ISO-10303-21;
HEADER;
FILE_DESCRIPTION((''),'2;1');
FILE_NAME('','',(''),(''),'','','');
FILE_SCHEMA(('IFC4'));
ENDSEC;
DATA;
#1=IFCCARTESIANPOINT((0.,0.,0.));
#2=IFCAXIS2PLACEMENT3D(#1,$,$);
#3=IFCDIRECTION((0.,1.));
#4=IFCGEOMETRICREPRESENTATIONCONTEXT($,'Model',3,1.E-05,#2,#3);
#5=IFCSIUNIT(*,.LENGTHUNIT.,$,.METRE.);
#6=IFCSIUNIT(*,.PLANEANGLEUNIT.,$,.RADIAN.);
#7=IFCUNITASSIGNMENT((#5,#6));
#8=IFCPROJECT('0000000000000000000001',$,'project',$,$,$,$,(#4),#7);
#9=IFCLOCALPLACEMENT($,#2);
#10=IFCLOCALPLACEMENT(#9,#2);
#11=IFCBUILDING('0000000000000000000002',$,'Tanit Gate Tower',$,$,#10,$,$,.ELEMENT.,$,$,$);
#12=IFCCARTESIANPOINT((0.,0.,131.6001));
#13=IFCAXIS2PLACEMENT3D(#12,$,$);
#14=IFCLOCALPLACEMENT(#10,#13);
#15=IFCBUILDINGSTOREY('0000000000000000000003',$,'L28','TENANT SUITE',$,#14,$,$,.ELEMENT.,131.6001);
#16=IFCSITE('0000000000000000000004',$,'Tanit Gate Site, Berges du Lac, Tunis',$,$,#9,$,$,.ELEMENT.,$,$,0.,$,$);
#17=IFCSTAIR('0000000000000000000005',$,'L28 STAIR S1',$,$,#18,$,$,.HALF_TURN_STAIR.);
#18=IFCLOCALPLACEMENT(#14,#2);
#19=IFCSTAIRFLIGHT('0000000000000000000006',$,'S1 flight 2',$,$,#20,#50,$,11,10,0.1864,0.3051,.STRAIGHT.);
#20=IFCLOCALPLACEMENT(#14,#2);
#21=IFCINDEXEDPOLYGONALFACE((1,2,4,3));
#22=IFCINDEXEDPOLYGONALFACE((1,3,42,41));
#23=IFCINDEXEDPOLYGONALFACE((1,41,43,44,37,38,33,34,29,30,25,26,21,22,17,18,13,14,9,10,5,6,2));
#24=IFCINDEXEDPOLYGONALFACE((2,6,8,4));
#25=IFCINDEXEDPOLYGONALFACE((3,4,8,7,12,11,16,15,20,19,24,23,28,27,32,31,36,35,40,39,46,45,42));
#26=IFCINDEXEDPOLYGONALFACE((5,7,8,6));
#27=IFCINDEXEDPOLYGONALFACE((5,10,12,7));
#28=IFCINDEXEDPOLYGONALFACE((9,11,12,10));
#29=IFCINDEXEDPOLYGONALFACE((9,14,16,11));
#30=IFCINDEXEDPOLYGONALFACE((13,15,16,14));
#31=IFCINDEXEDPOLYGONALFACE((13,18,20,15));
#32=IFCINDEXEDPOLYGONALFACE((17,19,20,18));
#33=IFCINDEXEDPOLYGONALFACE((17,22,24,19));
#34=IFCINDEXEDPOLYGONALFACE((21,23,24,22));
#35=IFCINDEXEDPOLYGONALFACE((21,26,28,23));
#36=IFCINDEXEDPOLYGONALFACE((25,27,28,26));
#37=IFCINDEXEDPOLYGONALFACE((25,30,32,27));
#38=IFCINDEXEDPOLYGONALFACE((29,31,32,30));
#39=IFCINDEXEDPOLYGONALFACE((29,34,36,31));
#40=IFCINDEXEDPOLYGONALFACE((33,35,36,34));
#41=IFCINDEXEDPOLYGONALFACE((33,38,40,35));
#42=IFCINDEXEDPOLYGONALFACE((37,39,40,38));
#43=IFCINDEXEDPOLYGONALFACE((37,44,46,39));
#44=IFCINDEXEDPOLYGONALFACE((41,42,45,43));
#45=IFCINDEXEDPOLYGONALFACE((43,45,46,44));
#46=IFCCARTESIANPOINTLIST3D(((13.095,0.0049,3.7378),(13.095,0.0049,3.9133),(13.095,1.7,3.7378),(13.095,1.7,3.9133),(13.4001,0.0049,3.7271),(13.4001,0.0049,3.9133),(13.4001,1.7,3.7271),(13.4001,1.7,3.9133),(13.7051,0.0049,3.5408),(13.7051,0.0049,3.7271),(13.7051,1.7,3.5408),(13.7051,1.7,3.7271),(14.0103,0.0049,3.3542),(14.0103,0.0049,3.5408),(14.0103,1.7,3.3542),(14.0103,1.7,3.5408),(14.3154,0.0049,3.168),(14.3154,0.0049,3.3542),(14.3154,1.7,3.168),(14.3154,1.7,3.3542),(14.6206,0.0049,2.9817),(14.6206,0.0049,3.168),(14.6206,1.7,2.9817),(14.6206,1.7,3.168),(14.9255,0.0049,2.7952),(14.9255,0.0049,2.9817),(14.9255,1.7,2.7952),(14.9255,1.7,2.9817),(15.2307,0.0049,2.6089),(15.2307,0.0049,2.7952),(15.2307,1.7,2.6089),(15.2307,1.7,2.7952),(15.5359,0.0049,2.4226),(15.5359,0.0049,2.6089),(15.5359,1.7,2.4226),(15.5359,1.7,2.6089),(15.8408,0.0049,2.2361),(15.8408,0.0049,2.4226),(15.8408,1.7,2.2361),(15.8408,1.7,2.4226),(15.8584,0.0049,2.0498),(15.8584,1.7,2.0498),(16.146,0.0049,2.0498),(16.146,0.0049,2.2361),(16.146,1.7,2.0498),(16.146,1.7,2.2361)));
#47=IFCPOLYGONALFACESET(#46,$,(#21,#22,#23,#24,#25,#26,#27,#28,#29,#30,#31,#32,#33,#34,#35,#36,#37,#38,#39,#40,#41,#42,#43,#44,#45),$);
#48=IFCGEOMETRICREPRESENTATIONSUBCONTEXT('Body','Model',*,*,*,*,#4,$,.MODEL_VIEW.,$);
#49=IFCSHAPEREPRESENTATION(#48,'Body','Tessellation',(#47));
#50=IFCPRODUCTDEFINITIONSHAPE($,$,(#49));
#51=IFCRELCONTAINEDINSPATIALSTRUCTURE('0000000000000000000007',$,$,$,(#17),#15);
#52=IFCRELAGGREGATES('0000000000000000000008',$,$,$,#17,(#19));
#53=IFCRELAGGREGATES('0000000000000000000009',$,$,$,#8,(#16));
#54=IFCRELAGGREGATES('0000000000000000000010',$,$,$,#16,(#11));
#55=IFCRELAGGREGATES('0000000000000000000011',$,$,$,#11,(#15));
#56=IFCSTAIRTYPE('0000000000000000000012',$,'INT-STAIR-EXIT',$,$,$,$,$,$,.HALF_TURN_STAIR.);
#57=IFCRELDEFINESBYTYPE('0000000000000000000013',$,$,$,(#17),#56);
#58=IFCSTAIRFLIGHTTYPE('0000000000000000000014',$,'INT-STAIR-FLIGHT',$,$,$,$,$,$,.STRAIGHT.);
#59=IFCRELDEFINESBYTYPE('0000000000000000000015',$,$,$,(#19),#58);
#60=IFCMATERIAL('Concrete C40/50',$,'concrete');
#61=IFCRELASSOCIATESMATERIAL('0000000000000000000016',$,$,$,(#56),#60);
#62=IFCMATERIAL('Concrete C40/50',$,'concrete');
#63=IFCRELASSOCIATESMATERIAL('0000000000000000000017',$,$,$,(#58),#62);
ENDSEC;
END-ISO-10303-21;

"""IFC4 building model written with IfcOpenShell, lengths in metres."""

from ifc_helpers import new_model, si_unit, direction, frame, origin, place, context, subcontext, project, spatial, polyline, outline, extrude, material, type_object, element, aggregate, save


model = new_model("IFC4")

# Units and contexts
model_context = context("Model", 3, precision=1e-05, world=origin(), true_north=direction((0.0, 1.0)))
body_context = subcontext(model_context, "Body", "Model", "MODEL_VIEW")
ifc_project = project(units=[si_unit("LENGTHUNIT", "METRE"), si_unit("PLANEANGLEUNIT", "RADIAN")], contexts=[model_context])

# Site, building, storey
site_placement = place(None, origin())
site = spatial("IfcSite", under=ifc_project, at=site_placement, Name="Tanit Gate Site, Berges du Lac, Tunis", CompositionType="ELEMENT", RefElevation=0.0)
building_placement = place(site_placement, origin())
building = spatial("IfcBuilding", under=site, at=building_placement, Name="Tanit Gate Tower", CompositionType="ELEMENT")
storey_placement = place(building_placement, frame((0.0, 0.0, 131.6001)))
storey = spatial("IfcBuildingStorey", under=building, at=storey_placement, Name="L28", Description="TENANT SUITE", CompositionType="ELEMENT", Elevation=131.6001)

# Stair, stair flight
ifc_material_1 = material(Name="Concrete C40/50", Category="concrete")
stair_type = type_object("IfcStairType", Name="INT-STAIR-EXIT", PredefinedType="HALF_TURN_STAIR", material=ifc_material_1)
stair_placement = place(storey_placement, origin())
stair = element("IfcStair", 1, at=stair_placement, inside=storey, type_object=stair_type, Name="L28 STAIR S1", PredefinedType="HALF_TURN_STAIR")
ifc_material_2 = material(Name="Concrete C40/50", Category="concrete")
stair_flight_type = type_object("IfcStairFlightType", Name="INT-STAIR-FLIGHT", PredefinedType="STRAIGHT", material=ifc_material_2)
stair_flight_1_placement = place(storey_placement, frame((16.146, 0.8525, 2.0498), z_axis=(0.0, 0.0, 1.0), x_axis=(-1.0, 0.0, 0.0)))
stair_flight_1 = element("IfcStairFlight", 2, at=stair_flight_1_placement, type_object=stair_flight_type, Name="S1 flight 2", NumberOfRisers=11, NumberOfTreads=10, PredefinedType="STRAIGHT", RiserHeight=0.1864, TreadLength=0.3051, context=body_context, shape_type="SweptSolid", body=[
    extrude(outline(polyline([(0.0, 0.0), (0.0, 0.1863), (0.3052, 0.1863), (0.3052, 0.3728), (0.6101, 0.3728), (0.6101, 0.5591), (0.9153, 0.5591), (0.9153, 0.7454), (1.2205, 0.7454), (1.2205, 0.9319), (1.5254, 0.9319), (1.5254, 1.1182), (1.8306, 1.1182), (1.8306, 1.3044), (2.1357, 1.3044), (2.1357, 1.491), (2.4409, 1.491), (2.4409, 1.6772), (2.7458, 1.6772), (2.7458, 1.8635), (3.051, 1.8635), (3.051, 2.05), (3.051, 1.688), (0.2876, 0.0), (0.0, 0.0)])), frame((0.0, 0.8477, 0.0), z_axis=(0.0, -1.0, 0.0), x_axis=(1.0, 0.0, 0.0)), (0.0, 0.0, 1.0), 1.6951),
])
aggregate(stair, [stair_flight_1])

save(model, "model.ifc")
